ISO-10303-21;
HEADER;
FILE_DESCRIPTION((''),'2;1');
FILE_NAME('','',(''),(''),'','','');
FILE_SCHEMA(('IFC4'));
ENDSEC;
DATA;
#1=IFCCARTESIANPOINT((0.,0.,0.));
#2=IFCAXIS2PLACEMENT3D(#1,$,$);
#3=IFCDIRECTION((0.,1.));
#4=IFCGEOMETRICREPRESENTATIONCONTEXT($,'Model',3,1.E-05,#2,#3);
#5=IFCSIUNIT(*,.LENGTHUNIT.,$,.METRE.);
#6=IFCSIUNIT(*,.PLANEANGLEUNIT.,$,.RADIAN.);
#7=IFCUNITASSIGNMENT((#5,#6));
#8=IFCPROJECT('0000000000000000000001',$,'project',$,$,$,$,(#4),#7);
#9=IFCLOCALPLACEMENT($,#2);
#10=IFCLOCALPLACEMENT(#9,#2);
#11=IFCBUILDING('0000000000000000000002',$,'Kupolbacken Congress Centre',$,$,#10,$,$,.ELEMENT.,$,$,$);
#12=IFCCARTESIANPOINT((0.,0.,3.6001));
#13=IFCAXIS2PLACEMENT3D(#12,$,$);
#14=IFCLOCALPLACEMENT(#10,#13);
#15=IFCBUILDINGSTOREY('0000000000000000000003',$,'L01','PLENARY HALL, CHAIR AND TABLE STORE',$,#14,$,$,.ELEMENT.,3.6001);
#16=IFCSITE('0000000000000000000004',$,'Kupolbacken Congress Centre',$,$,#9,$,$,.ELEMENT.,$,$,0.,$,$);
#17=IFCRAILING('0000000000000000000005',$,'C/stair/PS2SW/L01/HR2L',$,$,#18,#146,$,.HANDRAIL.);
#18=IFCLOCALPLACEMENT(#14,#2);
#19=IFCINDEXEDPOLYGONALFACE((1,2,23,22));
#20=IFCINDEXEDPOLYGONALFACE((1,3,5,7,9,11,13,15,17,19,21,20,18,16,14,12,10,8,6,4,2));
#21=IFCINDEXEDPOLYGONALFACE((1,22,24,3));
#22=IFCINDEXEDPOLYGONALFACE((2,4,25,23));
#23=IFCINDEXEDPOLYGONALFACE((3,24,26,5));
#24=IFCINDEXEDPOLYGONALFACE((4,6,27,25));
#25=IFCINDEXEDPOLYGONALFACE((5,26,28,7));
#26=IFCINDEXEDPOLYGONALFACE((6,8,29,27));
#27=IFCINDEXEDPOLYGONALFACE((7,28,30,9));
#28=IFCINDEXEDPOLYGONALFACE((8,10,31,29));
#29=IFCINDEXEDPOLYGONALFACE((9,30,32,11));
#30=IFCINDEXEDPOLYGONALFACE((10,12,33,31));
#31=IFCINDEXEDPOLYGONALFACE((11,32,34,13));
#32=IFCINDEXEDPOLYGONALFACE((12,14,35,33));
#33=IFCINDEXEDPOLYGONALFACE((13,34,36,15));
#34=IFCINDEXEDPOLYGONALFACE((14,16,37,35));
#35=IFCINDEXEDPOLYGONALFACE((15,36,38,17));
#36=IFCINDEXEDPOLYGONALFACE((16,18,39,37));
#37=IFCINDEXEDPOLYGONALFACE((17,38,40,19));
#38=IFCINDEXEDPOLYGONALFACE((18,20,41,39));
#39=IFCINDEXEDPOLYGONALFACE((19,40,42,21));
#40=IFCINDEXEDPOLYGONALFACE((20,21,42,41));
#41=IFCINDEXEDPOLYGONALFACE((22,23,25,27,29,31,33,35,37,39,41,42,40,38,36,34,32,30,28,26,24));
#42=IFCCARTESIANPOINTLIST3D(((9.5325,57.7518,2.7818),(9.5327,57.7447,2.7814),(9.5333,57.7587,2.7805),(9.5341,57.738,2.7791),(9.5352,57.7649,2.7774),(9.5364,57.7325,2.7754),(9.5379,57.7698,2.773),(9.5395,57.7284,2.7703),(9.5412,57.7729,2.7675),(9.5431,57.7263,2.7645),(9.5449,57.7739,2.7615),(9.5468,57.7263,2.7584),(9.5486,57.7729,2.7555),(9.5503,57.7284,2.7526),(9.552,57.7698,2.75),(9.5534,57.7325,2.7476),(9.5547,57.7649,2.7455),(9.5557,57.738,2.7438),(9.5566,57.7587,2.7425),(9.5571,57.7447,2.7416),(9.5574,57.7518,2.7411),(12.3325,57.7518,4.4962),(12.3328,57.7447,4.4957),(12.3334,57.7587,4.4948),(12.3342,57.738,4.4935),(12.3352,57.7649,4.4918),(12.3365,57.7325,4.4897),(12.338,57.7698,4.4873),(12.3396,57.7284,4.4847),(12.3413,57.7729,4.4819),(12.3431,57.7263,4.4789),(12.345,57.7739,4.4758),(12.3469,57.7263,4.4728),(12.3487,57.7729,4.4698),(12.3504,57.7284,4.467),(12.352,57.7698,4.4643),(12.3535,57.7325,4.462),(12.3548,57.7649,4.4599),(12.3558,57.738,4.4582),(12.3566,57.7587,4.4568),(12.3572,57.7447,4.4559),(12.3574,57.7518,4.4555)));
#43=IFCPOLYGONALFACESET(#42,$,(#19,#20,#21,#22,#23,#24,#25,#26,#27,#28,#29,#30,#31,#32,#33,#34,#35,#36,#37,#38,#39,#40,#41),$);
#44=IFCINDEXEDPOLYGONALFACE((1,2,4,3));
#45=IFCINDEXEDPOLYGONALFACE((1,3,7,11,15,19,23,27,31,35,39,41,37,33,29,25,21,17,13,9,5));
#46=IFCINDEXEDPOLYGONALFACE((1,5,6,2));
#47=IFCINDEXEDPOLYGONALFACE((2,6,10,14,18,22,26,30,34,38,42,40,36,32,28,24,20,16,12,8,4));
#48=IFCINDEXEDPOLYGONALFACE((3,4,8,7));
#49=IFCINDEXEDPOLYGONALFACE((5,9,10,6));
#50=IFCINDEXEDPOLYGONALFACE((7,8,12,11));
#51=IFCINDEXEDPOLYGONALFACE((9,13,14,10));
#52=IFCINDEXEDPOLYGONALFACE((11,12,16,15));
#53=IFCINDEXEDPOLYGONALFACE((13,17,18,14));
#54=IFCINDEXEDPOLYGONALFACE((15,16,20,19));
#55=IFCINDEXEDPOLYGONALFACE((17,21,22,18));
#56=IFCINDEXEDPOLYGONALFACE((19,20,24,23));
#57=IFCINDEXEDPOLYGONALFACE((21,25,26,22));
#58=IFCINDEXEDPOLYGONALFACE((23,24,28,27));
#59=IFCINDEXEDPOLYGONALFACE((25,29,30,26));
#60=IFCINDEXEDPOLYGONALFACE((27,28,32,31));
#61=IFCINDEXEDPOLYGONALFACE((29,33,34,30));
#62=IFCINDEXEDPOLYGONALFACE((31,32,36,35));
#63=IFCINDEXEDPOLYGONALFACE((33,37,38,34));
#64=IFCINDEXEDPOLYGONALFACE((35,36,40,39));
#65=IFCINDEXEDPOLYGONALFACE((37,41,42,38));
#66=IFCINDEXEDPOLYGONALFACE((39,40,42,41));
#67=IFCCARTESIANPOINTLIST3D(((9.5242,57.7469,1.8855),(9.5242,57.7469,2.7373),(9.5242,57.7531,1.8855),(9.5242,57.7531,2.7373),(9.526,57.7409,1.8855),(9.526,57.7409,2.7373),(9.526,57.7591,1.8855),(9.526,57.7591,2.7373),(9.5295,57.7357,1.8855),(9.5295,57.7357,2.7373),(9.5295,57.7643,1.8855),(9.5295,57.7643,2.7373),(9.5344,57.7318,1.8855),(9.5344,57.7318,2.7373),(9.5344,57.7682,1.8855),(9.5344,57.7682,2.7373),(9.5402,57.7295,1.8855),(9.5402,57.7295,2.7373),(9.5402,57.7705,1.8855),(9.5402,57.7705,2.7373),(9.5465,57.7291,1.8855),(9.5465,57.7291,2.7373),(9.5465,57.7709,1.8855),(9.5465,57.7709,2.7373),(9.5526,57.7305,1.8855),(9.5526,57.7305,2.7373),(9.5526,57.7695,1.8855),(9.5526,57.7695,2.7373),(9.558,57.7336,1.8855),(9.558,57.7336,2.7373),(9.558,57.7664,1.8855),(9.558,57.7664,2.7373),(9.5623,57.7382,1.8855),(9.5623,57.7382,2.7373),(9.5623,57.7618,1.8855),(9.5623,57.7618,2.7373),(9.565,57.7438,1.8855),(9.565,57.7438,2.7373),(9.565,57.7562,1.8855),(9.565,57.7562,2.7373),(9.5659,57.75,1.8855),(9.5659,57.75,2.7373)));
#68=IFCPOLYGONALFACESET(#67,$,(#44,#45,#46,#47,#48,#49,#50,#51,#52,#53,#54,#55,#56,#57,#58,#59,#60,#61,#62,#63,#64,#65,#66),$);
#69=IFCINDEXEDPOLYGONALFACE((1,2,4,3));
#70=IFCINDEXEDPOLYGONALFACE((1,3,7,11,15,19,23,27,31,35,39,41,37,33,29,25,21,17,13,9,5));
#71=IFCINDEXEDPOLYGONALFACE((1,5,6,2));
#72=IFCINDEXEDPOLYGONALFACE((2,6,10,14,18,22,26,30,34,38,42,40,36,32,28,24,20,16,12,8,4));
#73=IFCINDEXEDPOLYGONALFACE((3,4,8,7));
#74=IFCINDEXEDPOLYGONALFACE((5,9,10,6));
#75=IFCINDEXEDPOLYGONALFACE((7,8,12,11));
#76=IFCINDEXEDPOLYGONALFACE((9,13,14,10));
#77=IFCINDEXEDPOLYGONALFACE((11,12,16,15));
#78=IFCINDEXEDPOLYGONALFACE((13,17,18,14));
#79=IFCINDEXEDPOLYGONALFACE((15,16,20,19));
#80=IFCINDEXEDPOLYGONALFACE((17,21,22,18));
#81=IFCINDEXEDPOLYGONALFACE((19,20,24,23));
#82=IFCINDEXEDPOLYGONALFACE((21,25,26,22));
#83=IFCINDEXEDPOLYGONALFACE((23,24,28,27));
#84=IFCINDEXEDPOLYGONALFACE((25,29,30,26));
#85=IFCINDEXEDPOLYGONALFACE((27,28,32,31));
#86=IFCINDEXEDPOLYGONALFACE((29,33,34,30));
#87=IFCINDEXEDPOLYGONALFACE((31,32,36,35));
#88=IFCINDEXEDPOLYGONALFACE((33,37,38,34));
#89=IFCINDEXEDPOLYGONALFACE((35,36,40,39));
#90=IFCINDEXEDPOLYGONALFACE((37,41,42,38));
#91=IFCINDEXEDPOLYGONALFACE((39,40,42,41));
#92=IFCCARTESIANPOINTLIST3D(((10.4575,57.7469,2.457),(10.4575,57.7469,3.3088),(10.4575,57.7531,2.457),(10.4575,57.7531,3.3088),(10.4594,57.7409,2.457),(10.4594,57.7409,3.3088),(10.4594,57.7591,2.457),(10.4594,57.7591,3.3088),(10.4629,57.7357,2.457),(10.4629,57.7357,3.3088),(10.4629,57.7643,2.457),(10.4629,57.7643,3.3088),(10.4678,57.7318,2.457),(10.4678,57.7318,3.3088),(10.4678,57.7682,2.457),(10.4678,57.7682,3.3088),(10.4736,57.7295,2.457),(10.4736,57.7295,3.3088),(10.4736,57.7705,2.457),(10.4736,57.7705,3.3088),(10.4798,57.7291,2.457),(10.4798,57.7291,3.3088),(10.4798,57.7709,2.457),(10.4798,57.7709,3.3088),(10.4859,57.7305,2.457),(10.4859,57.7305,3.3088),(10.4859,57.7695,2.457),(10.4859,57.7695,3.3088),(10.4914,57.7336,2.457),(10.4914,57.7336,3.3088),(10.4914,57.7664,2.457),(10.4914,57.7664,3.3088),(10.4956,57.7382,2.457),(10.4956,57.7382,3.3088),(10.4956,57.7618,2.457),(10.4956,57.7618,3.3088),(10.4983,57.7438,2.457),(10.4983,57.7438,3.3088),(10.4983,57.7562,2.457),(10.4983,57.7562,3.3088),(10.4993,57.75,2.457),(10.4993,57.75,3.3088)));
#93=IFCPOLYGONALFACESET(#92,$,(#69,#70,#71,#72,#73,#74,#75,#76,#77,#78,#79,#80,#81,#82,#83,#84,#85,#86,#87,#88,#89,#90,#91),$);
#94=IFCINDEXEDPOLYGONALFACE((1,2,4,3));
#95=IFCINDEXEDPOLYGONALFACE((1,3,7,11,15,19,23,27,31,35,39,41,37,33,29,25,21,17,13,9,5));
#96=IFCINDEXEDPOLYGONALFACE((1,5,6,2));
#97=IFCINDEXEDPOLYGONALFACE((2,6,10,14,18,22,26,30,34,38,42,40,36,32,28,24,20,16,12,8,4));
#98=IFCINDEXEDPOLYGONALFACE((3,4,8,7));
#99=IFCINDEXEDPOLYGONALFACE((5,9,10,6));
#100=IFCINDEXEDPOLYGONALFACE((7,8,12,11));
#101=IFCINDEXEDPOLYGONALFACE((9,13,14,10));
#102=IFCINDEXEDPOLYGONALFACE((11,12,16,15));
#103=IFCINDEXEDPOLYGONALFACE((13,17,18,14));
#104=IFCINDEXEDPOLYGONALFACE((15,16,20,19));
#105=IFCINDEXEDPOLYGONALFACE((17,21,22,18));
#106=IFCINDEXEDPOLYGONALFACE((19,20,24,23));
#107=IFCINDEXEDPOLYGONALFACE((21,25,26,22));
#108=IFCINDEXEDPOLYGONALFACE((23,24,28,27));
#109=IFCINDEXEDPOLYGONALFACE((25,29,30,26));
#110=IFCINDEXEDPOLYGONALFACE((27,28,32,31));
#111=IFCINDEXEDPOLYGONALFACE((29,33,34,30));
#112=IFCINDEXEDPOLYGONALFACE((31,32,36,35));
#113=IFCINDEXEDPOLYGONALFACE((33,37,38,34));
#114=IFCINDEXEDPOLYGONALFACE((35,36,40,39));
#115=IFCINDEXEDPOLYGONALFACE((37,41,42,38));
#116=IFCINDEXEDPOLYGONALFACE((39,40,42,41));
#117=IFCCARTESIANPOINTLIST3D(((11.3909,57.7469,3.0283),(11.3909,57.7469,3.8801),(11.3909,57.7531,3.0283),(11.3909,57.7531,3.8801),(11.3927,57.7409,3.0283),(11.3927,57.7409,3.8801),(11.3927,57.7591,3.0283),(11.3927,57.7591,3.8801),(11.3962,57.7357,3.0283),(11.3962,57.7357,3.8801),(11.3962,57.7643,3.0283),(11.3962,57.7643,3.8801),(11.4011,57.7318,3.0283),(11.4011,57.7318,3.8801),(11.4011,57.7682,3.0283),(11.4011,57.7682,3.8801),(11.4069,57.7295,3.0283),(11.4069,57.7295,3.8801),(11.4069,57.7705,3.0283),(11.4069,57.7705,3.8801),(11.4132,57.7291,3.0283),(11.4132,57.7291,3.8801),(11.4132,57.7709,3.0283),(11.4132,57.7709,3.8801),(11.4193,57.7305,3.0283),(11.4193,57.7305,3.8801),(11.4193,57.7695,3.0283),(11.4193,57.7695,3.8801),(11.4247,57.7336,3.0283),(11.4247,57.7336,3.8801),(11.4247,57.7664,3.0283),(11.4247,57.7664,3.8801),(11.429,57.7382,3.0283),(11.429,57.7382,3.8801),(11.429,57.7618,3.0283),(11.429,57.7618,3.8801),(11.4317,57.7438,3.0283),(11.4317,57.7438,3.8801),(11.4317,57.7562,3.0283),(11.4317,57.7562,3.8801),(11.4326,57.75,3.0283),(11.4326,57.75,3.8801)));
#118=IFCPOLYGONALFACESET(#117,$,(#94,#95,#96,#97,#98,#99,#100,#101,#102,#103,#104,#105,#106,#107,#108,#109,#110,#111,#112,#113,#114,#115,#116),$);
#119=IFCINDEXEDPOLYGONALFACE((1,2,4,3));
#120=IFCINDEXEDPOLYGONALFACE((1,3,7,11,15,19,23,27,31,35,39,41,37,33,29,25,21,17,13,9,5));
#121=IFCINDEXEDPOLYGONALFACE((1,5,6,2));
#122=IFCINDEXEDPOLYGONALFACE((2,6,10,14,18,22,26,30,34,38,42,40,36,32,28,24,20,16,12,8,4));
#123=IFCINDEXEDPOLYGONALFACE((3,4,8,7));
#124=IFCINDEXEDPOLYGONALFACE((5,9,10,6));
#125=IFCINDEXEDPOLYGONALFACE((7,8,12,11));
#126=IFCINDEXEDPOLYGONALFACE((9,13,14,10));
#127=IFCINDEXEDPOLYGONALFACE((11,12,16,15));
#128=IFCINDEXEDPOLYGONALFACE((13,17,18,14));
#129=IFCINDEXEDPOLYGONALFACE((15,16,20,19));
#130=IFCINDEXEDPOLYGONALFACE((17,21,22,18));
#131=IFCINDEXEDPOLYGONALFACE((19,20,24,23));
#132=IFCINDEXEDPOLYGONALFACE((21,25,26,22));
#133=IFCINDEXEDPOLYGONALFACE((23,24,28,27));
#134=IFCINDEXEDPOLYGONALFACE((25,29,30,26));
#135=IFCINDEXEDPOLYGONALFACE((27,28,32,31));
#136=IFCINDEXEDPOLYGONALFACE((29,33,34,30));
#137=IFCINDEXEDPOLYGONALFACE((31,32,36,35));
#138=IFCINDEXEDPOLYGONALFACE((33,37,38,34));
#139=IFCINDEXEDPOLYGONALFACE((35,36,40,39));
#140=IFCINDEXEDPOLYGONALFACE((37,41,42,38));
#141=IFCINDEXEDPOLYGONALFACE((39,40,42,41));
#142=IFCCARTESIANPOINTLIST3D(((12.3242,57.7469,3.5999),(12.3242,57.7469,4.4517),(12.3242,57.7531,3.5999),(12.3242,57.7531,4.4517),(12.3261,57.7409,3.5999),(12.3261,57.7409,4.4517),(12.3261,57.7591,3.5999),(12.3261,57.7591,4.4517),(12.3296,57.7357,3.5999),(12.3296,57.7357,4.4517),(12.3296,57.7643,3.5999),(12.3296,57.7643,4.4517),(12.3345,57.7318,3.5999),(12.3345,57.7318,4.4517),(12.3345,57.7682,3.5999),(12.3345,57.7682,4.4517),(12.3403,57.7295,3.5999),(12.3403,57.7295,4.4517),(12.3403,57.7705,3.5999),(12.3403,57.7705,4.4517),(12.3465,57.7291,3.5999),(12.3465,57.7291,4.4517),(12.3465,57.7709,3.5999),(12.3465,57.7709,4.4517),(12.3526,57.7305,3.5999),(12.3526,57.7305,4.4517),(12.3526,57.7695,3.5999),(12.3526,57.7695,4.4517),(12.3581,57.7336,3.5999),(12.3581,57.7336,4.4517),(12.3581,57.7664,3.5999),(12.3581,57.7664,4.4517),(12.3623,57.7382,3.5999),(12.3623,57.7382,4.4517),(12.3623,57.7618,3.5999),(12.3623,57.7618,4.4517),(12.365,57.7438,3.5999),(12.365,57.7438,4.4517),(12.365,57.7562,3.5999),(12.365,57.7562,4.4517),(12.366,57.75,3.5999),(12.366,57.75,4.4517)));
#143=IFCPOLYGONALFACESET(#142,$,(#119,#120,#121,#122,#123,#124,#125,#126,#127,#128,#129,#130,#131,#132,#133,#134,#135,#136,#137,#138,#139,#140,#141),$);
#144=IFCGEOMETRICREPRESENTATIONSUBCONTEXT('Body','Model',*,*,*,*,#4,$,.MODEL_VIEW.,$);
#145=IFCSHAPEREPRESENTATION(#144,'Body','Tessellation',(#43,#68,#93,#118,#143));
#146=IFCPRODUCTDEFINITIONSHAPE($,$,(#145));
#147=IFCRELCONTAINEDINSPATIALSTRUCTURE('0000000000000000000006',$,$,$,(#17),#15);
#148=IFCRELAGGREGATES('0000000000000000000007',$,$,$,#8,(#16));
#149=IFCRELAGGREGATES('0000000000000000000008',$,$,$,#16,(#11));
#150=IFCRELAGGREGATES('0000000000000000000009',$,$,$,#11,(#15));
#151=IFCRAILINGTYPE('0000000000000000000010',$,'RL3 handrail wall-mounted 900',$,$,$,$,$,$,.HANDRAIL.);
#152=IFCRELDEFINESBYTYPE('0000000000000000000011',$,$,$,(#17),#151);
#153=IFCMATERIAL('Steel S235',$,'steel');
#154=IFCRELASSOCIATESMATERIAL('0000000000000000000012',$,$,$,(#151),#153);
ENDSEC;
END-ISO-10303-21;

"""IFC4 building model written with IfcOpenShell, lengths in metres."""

from ifc_helpers import new_model, si_unit, direction, frame, origin, origin_2d, place, context, subcontext, project, spatial, circle, extrude, material, type_object, element, save


model = new_model("IFC4")

# Units and contexts
model_context = context("Model", 3, precision=1e-05, world=origin(), true_north=direction((0.0, 1.0)))
body_context = subcontext(model_context, "Body", "Model", "MODEL_VIEW")
ifc_project = project(units=[si_unit("LENGTHUNIT", "METRE"), si_unit("PLANEANGLEUNIT", "RADIAN")], contexts=[model_context])

# Site, building, storey
site_placement = place(None, origin())
site = spatial("IfcSite", under=ifc_project, at=site_placement, Name="Kupolbacken Congress Centre", CompositionType="ELEMENT", RefElevation=0.0)
building_placement = place(site_placement, origin())
building = spatial("IfcBuilding", under=site, at=building_placement, Name="Kupolbacken Congress Centre", CompositionType="ELEMENT")
storey_placement = place(building_placement, frame((0.0, 0.0, 3.6001)))
storey = spatial("IfcBuildingStorey", under=building, at=storey_placement, Name="L01", Description="PLENARY HALL, CHAIR AND TABLE STORE", CompositionType="ELEMENT", Elevation=3.6001)

# Railing
ifc_material_1 = material(Name="Steel S235", Category="steel")
railing_type = type_object("IfcRailingType", Name="RL3 handrail wall-mounted 900", PredefinedType="HANDRAIL", material=ifc_material_1)
for number, where, name in (
    (1, (9.5449, 57.75, 1.8855), "C/stair/PS2SW/L01/HR2L"),
):
    element("IfcRailing", number, at=place(storey_placement, frame(where)), inside=storey, type_object=railing_type, Name=name, PredefinedType="HANDRAIL", context=body_context, shape_type="SweptSolid", body=[
        extrude(circle(Radius=0.0239, at=origin_2d()), frame((0.0, 0.0, 0.876), z_axis=(0.852846, 0.0, 0.522163), x_axis=(0.0, 1.0, 0.0)), (0.0, 0.0, 1.0), 3.2832),
        extrude(circle(Radius=0.021, at=origin_2d()), origin(), (0.0, 0.0, 1.0), 0.8518),
        extrude(circle(Radius=0.021, at=origin_2d()), frame((0.9333, 0.0, 0.5715)), (0.0, 0.0, 1.0), 0.8518),
        extrude(circle(Radius=0.021, at=origin_2d()), frame((1.8667, 0.0, 1.1428)), (0.0, 0.0, 1.0), 0.8518),
        extrude(circle(Radius=0.021, at=origin_2d()), frame((2.8, 0.0, 1.7144)), (0.0, 0.0, 1.0), 0.8518),
    ])

save(model, "model.ifc")
